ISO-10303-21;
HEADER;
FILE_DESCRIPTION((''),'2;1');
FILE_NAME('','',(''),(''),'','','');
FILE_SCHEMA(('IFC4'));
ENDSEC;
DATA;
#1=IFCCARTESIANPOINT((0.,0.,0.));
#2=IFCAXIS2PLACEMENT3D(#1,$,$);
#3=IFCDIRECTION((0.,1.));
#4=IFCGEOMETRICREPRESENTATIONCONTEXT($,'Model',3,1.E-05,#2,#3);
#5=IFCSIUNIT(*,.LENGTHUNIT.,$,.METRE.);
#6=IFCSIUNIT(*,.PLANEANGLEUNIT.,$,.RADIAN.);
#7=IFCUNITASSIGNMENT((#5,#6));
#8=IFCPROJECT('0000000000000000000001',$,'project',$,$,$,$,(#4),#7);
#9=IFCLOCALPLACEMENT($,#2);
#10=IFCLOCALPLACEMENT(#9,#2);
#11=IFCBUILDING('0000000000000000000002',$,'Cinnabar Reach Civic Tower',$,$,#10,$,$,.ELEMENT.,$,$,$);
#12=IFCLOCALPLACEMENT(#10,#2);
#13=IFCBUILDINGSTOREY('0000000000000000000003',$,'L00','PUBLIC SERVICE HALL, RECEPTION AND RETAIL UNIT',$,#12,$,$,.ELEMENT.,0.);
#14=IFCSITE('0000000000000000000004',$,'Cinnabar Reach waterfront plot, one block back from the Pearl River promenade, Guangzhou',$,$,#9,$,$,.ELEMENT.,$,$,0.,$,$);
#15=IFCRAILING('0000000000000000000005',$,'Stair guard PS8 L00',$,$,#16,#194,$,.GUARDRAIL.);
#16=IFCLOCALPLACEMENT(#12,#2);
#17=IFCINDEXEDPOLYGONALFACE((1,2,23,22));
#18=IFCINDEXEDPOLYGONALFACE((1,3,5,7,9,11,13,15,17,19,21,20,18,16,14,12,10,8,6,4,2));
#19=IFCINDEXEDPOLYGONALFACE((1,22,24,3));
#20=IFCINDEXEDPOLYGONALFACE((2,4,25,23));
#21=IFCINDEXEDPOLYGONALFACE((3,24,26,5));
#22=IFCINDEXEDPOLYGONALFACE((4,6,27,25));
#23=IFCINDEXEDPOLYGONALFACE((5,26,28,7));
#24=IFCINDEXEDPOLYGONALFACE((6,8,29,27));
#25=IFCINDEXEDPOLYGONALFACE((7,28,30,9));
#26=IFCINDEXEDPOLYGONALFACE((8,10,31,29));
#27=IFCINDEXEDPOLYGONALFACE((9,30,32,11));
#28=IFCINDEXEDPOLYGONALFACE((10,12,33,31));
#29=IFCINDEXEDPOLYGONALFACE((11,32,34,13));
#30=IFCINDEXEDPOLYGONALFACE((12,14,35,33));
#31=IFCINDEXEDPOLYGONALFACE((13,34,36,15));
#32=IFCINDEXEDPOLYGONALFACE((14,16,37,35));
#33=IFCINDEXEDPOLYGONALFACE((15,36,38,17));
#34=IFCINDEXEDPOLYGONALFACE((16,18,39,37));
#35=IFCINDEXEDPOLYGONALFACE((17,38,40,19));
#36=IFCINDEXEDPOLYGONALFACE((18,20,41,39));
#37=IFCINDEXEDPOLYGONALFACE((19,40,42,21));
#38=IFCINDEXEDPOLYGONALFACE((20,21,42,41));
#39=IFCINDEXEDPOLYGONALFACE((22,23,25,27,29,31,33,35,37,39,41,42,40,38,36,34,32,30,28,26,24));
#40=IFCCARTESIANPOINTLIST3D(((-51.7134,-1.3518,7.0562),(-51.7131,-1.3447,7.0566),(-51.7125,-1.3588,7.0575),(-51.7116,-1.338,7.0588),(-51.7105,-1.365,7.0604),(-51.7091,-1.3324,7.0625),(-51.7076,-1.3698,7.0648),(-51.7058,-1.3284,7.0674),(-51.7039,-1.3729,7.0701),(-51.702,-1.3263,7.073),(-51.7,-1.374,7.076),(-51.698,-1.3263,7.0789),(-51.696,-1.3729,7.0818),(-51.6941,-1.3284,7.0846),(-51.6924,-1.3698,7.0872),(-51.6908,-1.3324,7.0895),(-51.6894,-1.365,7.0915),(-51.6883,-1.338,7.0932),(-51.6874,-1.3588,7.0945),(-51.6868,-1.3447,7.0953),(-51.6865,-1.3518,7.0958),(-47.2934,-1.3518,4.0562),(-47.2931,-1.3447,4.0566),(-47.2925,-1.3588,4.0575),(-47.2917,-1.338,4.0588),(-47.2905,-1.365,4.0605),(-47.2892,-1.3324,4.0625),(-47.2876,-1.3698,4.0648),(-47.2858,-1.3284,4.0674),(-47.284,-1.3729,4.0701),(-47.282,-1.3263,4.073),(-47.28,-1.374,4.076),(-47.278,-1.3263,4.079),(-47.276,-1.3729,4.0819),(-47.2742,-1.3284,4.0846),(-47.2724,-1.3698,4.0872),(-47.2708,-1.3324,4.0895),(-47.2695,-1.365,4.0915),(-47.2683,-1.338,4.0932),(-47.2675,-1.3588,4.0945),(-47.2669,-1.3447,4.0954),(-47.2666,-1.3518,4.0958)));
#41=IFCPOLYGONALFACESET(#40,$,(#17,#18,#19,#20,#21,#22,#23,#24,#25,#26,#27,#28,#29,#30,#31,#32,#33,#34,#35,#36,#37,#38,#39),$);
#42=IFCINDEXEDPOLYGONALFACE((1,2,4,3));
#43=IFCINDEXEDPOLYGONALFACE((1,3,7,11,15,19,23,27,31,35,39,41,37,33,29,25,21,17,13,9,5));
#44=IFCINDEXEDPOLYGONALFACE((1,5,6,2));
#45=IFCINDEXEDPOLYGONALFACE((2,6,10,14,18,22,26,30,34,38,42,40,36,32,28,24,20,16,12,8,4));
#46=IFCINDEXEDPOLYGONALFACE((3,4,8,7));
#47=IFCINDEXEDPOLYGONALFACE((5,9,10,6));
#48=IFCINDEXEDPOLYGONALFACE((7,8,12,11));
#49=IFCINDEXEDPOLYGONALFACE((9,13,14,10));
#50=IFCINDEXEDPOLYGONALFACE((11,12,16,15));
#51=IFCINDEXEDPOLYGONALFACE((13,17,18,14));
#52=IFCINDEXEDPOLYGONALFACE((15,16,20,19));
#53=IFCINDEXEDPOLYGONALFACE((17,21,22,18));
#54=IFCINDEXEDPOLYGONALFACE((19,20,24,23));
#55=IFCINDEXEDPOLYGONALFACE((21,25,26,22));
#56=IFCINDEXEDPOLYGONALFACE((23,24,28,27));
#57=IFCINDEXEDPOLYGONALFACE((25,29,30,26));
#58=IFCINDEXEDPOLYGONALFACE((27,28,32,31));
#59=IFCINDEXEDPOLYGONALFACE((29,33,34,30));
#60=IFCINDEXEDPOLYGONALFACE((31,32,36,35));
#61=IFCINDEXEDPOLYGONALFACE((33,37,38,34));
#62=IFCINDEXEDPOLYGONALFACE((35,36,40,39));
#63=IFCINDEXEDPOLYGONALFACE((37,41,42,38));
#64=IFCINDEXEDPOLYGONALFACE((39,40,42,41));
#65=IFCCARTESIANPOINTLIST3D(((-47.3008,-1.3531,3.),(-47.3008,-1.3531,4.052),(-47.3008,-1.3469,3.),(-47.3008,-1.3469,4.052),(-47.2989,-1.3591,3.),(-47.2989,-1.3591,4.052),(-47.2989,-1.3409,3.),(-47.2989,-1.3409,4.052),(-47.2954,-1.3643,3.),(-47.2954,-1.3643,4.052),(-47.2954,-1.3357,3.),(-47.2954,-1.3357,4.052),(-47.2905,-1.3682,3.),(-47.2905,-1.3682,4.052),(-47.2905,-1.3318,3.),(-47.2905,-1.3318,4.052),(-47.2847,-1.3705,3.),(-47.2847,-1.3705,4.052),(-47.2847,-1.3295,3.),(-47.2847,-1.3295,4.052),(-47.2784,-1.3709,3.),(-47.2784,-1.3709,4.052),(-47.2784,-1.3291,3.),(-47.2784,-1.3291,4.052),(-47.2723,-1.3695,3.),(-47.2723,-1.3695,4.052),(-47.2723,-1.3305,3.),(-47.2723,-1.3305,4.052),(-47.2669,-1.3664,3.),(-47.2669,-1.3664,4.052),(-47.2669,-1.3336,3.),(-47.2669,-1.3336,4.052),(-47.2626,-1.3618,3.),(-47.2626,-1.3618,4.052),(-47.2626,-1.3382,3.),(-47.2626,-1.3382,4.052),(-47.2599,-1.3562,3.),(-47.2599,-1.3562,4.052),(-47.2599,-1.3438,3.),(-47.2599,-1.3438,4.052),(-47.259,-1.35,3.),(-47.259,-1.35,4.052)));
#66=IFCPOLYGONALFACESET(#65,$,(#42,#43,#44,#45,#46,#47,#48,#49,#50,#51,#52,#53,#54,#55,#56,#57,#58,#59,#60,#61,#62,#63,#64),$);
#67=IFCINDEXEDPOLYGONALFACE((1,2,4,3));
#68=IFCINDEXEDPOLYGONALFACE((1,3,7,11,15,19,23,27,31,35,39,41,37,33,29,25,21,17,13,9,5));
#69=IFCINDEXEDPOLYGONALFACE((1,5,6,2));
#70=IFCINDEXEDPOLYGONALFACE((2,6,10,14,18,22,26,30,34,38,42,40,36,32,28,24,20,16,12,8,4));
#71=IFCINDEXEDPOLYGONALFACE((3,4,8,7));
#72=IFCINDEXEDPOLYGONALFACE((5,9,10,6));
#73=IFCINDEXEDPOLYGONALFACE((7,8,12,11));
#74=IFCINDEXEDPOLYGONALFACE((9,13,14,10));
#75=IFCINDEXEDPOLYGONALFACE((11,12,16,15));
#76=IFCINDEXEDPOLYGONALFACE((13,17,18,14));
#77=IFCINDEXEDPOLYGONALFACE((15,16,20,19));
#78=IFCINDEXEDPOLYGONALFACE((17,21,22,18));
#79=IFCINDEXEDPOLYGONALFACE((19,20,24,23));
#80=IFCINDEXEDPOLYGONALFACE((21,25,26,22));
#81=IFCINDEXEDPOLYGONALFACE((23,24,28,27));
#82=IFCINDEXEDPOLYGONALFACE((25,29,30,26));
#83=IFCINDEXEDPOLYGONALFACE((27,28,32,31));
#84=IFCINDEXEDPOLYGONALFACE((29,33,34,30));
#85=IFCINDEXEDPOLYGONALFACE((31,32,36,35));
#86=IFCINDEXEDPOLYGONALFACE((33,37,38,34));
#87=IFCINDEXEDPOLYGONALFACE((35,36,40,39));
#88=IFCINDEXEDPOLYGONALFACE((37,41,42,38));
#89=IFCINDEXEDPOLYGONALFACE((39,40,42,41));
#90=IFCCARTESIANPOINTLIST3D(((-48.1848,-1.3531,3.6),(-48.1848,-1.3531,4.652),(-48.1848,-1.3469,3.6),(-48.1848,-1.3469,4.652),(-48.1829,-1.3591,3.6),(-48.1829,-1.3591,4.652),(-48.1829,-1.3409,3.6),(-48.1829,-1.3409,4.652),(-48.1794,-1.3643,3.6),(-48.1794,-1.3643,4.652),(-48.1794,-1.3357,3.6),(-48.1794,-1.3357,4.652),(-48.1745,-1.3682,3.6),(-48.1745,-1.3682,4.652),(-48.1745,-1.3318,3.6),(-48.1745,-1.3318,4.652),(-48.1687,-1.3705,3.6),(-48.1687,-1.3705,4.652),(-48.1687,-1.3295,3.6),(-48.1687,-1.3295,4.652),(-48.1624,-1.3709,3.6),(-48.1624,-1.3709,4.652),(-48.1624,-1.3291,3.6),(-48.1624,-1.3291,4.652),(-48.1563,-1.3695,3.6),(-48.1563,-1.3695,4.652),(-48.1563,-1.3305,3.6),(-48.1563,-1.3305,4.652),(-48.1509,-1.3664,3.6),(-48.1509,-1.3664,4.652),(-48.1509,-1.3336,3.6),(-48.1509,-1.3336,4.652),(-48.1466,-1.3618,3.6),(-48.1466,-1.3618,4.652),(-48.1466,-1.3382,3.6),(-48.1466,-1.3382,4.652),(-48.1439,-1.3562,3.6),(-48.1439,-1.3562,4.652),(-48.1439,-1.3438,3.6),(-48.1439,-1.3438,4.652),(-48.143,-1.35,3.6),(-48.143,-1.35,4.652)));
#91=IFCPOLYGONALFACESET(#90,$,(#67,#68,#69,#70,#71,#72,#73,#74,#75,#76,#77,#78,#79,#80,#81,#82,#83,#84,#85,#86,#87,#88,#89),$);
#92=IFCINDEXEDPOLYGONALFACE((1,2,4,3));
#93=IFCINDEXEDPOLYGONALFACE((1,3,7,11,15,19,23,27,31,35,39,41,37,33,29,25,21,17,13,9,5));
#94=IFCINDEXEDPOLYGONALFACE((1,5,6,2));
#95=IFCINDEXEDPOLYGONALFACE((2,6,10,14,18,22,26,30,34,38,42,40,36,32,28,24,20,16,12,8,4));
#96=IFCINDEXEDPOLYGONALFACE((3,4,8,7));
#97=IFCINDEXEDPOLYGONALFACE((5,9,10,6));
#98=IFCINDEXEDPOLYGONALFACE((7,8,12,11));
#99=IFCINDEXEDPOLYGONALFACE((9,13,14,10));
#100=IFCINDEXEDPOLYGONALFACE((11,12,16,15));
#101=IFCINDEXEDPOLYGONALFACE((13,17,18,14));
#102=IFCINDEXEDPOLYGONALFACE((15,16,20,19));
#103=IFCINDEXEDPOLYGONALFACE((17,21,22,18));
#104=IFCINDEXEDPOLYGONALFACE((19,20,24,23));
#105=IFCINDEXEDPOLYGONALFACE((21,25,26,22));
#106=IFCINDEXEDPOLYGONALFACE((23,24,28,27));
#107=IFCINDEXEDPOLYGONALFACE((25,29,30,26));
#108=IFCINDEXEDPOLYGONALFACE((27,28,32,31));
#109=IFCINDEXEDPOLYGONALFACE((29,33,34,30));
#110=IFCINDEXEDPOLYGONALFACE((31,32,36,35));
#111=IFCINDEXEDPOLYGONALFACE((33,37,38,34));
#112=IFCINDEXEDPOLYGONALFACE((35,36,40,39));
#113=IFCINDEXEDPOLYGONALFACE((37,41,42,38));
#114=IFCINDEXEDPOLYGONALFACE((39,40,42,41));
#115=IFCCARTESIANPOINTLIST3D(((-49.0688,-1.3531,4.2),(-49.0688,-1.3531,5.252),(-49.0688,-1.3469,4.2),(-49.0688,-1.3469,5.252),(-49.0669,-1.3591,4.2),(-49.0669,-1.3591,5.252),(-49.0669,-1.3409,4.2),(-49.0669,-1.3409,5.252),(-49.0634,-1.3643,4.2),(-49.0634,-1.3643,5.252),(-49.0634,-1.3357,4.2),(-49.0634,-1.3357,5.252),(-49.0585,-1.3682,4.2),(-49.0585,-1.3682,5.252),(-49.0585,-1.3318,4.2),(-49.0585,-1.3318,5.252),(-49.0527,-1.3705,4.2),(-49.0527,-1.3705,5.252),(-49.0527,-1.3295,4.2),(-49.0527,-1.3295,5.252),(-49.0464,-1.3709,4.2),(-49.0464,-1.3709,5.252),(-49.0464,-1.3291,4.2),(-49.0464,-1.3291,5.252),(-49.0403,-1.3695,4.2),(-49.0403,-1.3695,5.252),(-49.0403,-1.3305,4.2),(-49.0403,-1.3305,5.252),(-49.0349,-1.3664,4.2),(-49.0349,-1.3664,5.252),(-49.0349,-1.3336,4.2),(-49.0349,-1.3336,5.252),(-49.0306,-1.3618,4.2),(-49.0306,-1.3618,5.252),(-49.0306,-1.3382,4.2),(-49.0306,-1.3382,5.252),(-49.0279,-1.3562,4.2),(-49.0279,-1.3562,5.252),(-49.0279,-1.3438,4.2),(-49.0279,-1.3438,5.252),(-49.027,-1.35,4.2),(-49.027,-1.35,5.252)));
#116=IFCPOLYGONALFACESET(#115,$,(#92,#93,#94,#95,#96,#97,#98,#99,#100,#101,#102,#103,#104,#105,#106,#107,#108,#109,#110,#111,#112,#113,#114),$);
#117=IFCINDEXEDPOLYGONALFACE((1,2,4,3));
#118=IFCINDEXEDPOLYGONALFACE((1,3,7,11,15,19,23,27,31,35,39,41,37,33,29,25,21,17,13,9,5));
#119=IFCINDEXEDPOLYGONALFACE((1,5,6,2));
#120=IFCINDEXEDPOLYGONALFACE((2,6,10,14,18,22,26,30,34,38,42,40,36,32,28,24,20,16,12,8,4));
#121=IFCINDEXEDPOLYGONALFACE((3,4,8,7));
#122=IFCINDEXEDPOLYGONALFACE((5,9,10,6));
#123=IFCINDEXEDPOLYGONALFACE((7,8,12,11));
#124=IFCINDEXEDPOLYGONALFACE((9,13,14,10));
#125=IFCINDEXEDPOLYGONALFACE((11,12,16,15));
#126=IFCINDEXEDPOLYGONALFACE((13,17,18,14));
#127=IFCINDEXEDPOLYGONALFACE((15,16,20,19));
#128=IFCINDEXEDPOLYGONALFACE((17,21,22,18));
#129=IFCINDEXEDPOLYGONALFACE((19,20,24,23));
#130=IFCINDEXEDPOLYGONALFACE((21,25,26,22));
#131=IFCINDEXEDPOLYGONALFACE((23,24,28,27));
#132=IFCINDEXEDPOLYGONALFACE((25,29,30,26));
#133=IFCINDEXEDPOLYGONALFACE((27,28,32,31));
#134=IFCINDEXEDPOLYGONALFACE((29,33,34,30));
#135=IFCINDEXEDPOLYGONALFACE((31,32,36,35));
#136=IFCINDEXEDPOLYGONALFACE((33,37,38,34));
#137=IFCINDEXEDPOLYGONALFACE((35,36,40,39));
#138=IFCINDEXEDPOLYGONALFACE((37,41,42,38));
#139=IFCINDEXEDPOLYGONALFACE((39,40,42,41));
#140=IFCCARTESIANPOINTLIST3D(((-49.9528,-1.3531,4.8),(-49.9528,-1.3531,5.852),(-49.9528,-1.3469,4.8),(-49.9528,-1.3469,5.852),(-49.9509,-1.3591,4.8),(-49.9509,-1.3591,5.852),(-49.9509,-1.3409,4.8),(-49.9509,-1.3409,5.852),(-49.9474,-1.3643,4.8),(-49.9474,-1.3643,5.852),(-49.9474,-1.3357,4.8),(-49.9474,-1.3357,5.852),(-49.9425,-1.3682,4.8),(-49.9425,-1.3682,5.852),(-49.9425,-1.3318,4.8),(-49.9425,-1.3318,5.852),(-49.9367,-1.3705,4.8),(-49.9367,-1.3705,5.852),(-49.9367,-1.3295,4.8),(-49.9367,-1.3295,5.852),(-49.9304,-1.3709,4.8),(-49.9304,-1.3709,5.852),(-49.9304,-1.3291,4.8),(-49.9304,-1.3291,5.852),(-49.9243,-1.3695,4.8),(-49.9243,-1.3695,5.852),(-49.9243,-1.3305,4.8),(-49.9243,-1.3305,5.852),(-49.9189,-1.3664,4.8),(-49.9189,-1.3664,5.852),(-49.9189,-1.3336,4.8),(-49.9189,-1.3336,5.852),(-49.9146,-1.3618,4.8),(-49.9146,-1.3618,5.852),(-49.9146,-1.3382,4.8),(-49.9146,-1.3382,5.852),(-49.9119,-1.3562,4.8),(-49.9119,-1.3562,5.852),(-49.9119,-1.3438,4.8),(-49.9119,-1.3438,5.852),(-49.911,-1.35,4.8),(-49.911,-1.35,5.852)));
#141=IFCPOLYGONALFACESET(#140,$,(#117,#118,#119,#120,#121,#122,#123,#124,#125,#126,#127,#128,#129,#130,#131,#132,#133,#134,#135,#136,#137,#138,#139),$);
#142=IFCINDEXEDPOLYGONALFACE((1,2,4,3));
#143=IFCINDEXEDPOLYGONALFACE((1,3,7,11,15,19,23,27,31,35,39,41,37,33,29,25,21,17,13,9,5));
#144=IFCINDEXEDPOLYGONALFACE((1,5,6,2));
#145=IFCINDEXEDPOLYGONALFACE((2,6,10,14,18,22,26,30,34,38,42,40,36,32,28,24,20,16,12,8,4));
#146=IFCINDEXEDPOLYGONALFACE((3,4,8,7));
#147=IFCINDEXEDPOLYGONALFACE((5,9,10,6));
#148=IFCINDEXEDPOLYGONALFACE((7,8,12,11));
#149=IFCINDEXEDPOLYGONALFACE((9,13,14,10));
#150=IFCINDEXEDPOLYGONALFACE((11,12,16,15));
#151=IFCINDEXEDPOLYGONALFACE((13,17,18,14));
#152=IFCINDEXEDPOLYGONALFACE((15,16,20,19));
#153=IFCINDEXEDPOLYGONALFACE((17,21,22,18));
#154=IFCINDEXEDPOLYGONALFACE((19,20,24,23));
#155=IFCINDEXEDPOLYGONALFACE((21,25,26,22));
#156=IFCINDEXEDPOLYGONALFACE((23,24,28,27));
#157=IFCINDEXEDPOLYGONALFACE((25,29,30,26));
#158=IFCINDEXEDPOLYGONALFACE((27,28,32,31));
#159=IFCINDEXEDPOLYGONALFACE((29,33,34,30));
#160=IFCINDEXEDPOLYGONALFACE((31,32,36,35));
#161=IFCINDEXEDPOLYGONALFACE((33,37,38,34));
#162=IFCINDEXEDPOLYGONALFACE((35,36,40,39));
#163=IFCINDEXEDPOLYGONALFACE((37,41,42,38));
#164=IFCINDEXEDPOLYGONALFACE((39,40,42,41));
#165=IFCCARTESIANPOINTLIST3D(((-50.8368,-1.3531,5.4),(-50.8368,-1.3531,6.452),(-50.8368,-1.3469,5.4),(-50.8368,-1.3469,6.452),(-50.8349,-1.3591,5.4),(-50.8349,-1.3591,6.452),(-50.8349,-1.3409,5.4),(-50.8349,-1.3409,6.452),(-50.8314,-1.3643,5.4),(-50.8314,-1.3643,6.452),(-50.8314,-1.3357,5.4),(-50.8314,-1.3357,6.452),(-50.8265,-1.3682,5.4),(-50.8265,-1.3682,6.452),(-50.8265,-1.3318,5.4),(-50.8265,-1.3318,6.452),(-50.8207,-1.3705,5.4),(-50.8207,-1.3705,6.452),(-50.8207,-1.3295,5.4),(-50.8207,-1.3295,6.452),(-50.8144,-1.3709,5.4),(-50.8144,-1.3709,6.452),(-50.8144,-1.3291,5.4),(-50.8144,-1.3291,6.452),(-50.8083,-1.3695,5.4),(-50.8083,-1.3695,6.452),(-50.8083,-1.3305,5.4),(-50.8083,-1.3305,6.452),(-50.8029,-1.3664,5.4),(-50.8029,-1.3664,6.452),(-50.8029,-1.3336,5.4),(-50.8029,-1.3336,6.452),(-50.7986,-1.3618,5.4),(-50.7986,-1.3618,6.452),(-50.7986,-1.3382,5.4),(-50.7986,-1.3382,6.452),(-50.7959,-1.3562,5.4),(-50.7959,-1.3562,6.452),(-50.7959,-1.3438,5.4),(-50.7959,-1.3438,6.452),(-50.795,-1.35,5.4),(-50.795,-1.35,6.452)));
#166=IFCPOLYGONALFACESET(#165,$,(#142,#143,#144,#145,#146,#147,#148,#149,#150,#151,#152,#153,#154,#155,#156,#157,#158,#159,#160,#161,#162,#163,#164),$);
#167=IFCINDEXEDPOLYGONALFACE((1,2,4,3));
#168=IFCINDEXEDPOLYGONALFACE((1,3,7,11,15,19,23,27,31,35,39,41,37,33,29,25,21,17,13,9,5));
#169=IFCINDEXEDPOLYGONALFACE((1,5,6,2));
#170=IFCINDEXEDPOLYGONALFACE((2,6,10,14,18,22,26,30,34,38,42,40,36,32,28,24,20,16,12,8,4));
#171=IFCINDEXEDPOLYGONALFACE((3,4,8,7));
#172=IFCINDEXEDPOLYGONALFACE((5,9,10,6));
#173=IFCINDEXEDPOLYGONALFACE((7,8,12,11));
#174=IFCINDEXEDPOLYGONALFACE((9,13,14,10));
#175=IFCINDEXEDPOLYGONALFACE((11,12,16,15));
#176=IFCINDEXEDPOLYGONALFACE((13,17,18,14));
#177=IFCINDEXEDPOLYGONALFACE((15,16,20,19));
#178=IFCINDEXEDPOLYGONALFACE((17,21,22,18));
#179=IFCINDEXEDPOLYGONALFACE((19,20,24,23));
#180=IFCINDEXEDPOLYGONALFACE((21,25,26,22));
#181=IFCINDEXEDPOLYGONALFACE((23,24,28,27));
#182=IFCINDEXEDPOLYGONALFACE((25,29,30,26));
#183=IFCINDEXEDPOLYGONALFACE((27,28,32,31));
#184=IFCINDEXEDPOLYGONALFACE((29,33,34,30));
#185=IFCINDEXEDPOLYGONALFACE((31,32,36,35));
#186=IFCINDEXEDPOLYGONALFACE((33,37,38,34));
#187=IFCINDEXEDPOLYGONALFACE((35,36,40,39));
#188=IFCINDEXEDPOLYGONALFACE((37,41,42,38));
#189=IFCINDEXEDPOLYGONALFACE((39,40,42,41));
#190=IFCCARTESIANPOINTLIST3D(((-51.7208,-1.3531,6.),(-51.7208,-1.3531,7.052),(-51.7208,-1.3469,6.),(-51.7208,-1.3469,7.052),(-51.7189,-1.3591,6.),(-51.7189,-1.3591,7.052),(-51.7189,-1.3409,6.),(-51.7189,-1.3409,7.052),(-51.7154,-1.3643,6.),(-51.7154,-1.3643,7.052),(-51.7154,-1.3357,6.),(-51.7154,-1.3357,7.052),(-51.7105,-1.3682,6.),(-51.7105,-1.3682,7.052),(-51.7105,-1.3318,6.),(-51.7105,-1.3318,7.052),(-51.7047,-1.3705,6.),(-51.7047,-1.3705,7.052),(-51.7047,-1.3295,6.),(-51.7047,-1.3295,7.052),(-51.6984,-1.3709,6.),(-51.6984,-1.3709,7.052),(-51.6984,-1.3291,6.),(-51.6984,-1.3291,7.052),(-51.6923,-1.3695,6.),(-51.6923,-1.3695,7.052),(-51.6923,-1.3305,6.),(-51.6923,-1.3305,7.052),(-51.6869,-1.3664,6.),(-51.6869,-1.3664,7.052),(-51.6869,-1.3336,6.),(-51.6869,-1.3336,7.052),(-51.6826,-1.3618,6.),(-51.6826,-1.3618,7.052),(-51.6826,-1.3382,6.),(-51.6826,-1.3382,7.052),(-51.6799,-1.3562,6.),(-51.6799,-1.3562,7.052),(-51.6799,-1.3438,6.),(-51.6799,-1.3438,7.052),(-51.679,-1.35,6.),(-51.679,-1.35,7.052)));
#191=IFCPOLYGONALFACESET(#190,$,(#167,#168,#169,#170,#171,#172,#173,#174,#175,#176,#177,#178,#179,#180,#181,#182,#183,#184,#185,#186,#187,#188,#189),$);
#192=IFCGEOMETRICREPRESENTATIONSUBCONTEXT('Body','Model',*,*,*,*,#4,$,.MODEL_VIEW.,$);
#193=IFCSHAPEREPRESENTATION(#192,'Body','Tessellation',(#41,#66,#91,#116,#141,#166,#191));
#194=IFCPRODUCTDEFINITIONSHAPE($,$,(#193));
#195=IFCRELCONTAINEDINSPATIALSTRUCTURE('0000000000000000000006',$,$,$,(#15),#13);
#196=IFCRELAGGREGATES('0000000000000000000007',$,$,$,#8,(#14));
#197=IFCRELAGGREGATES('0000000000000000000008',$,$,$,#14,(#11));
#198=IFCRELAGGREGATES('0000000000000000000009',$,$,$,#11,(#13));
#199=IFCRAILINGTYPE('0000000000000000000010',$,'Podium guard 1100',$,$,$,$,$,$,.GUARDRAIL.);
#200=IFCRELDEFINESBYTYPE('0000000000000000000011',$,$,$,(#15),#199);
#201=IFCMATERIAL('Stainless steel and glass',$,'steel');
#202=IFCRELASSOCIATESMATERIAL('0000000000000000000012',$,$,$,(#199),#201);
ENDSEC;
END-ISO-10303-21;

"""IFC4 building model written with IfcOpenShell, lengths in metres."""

from ifc_helpers import new_model, si_unit, direction, frame, origin, origin_2d, place, context, subcontext, project, spatial, circle, extrude, material, type_object, element, save


model = new_model("IFC4")

# Units and contexts
model_context = context("Model", 3, precision=1e-05, world=origin(), true_north=direction((0.0, 1.0)))
body_context = subcontext(model_context, "Body", "Model", "MODEL_VIEW")
ifc_project = project(units=[si_unit("LENGTHUNIT", "METRE"), si_unit("PLANEANGLEUNIT", "RADIAN")], contexts=[model_context])

# Site, building, storey
site_placement = place(None, origin())
site = spatial("IfcSite", under=ifc_project, at=site_placement, Name="Cinnabar Reach waterfront plot, one block back from the Pearl River promenade, Guangzhou", CompositionType="ELEMENT", RefElevation=0.0)
building_placement = place(site_placement, origin())
building = spatial("IfcBuilding", under=site, at=building_placement, Name="Cinnabar Reach Civic Tower", CompositionType="ELEMENT")
storey_placement = place(building_placement, origin())
storey = spatial("IfcBuildingStorey", under=building, at=storey_placement, Name="L00", Description="PUBLIC SERVICE HALL, RECEPTION AND RETAIL UNIT", CompositionType="ELEMENT", Elevation=0.0)

# Railing
ifc_material_1 = material(Name="Stainless steel and glass", Category="steel")
railing_type_1 = type_object("IfcRailingType", Name="Podium guard 1100", PredefinedType="GUARDRAIL", material=ifc_material_1)
railing_1_placement = place(storey_placement, frame((-47.28, -1.35, 3.0)))
element("IfcRailing", 1, at=railing_1_placement, inside=storey, type_object=railing_type_1, Name="Stair guard PS8 L00", PredefinedType="GUARDRAIL", context=body_context, shape_type="SweptSolid", body=[
    extrude(circle(Radius=0.024, at=origin_2d()), frame((0.0, 0.0, 1.076), z_axis=(-0.827414, 0.0, 0.561593), x_axis=(0.0, -1.0, 0.0)), (0.0, 0.0, 1.0), 5.3419),
    extrude(circle(Radius=0.021, at=origin_2d()), origin(), (0.0, 0.0, 1.0), 1.052),
    extrude(circle(Radius=0.021, at=origin_2d()), frame((-0.884, 0.0, 0.6)), (0.0, 0.0, 1.0), 1.052),
    extrude(circle(Radius=0.021, at=origin_2d()), frame((-1.768, 0.0, 1.2)), (0.0, 0.0, 1.0), 1.052),
    extrude(circle(Radius=0.021, at=origin_2d()), frame((-2.652, 0.0, 1.8)), (0.0, 0.0, 1.0), 1.052),
    extrude(circle(Radius=0.021, at=origin_2d()), frame((-3.536, 0.0, 2.4)), (0.0, 0.0, 1.0), 1.052),
    extrude(circle(Radius=0.021, at=origin_2d()), frame((-4.42, 0.0, 3.0)), (0.0, 0.0, 1.0), 1.052),
])

save(model, "model.ifc")
